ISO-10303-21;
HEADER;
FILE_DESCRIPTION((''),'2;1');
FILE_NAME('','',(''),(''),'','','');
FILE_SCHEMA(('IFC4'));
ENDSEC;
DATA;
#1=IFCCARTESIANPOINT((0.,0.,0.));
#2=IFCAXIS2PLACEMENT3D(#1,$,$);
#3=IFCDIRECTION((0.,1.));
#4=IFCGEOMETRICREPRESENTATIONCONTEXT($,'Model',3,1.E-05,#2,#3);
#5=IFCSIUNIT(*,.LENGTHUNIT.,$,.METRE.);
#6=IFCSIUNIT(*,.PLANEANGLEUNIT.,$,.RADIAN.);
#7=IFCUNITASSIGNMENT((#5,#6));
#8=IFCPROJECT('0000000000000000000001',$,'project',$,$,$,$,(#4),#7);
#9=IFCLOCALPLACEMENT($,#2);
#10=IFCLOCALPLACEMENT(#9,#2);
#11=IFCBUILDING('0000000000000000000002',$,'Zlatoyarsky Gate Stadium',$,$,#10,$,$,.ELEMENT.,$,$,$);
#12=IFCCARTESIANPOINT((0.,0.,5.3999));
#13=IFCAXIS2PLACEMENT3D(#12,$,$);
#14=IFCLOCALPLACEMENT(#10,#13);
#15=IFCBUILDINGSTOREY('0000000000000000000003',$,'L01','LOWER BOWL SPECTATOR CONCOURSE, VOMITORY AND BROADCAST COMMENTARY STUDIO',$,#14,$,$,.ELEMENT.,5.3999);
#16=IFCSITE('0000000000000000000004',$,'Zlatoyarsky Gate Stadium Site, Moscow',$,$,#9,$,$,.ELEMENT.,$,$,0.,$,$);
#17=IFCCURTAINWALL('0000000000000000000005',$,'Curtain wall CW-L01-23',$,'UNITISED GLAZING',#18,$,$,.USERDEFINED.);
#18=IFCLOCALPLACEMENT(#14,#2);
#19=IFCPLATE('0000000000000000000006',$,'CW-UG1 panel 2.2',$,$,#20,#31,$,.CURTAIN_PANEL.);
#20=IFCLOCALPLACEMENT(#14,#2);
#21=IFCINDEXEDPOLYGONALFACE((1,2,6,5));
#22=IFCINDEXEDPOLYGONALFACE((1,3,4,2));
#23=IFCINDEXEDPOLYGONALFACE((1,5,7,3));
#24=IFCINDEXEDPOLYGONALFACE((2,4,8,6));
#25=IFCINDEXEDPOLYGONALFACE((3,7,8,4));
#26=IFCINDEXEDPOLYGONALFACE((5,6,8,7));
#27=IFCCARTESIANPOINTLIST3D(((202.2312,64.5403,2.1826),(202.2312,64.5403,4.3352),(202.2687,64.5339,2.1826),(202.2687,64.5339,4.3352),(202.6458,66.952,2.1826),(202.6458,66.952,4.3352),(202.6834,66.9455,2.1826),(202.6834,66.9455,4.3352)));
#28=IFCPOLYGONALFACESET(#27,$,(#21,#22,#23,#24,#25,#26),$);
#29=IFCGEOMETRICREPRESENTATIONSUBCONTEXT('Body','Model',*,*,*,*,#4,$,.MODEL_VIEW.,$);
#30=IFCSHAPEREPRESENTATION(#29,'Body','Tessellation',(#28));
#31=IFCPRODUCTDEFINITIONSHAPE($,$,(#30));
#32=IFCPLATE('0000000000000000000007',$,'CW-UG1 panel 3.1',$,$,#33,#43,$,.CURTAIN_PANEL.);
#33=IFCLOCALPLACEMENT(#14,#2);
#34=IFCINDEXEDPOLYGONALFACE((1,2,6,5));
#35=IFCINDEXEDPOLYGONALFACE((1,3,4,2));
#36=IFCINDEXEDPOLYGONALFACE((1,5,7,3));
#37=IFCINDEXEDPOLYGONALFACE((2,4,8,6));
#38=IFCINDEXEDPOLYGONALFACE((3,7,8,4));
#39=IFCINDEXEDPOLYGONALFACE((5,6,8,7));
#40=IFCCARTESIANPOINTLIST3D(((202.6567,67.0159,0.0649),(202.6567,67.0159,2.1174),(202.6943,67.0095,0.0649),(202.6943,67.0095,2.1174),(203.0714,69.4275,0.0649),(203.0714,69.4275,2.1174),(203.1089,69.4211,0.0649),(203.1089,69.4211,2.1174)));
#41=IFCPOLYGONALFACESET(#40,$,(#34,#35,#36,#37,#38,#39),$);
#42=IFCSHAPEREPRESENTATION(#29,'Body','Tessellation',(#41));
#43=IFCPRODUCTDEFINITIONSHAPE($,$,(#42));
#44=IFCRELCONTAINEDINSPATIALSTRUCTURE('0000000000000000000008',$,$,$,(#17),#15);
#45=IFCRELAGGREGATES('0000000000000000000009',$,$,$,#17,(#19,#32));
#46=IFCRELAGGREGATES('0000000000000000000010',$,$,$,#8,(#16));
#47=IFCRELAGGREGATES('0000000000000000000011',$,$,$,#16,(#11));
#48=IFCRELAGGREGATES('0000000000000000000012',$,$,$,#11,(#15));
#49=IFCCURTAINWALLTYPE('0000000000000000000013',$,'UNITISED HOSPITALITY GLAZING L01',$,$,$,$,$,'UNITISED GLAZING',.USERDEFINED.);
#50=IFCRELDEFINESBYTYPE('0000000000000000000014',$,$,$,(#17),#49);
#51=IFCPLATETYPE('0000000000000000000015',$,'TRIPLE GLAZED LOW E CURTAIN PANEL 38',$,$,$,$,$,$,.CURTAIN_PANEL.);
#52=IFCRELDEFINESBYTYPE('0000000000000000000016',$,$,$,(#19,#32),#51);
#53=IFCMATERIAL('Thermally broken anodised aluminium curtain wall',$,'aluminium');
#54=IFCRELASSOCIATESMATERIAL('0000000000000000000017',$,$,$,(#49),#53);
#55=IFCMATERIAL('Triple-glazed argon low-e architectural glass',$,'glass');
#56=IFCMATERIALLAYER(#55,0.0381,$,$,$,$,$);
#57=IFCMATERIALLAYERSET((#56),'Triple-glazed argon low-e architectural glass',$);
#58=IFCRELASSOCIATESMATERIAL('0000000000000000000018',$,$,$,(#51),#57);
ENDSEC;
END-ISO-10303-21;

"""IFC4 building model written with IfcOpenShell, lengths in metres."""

from ifc_helpers import new_model, si_unit, direction, frame, origin, origin_2d, place, context, subcontext, project, spatial, rectangle, extrude, material, layer, layer_set, type_object, element, aggregate, save


model = new_model("IFC4")

# Units and contexts
model_context = context("Model", 3, precision=1e-05, world=origin(), true_north=direction((0.0, 1.0)))
body_context = subcontext(model_context, "Body", "Model", "MODEL_VIEW")
ifc_project = project(units=[si_unit("LENGTHUNIT", "METRE"), si_unit("PLANEANGLEUNIT", "RADIAN")], contexts=[model_context])

# Site, building, storey
site_placement = place(None, origin())
site = spatial("IfcSite", under=ifc_project, at=site_placement, Name="Zlatoyarsky Gate Stadium Site, Moscow", CompositionType="ELEMENT", RefElevation=0.0)
building_placement = place(site_placement, origin())
building = spatial("IfcBuilding", under=site, at=building_placement, Name="Zlatoyarsky Gate Stadium", CompositionType="ELEMENT")
storey_placement = place(building_placement, frame((0.0, 0.0, 5.3999)))
storey = spatial("IfcBuildingStorey", under=building, at=storey_placement, Name="L01", Description="LOWER BOWL SPECTATOR CONCOURSE, VOMITORY AND BROADCAST COMMENTARY STUDIO", CompositionType="ELEMENT", Elevation=5.3999)

# Curtain wall
ifc_material_1 = material(Name="Thermally broken anodised aluminium curtain wall", Category="aluminium")
curtain_wall_type_1 = type_object("IfcCurtainWallType", Name="UNITISED HOSPITALITY GLAZING L01", ElementType="UNITISED GLAZING", PredefinedType="USERDEFINED", material=ifc_material_1)
curtain_wall_1_placement = place(storey_placement, origin())
curtain_wall_1 = element("IfcCurtainWall", 1, at=curtain_wall_1_placement, inside=storey, type_object=curtain_wall_type_1, Name="Curtain wall CW-L01-23", ObjectType="UNITISED GLAZING", PredefinedType="USERDEFINED")

# Plates
ifc_material_2 = material(Name="Triple-glazed argon low-e architectural glass", Category="glass")
ifc_layer_1 = layer(ifc_material_2, 0.0381)
ifc_layer_set_1 = layer_set([ifc_layer_1], Name="Triple-glazed argon low-e architectural glass")
plate_type_1 = type_object("IfcPlateType", Name="TRIPLE GLAZED LOW E CURTAIN PANEL 38", PredefinedType="CURTAIN_PANEL", material=ifc_layer_set_1)
plate_1_placement = place(storey_placement, frame((202.4573, 65.7429, 2.1826), z_axis=(0.0, 0.0, 1.0), x_axis=(0.169451, 0.985539, 0.0)))
plate_1 = element("IfcPlate", 2, at=plate_1_placement, type_object=plate_type_1, Name="CW-UG1 panel 2.2", PredefinedType="CURTAIN_PANEL", context=body_context, shape_type="SweptSolid", body=[
    extrude(rectangle(XDim=2.447, YDim=0.0381, at=origin_2d()), origin(), (0.0, 0.0, 1.0), 2.1526),
])
plate_2_placement = place(storey_placement, frame((202.8828, 68.2185, 0.0649), z_axis=(0.0, 0.0, 1.0), x_axis=(0.169451, 0.985539, 0.0)))
plate_2 = element("IfcPlate", 3, at=plate_2_placement, type_object=plate_type_1, Name="CW-UG1 panel 3.1", PredefinedType="CURTAIN_PANEL", context=body_context, shape_type="SweptSolid", body=[
    extrude(rectangle(XDim=2.447, YDim=0.0381, at=origin_2d()), origin(), (0.0, 0.0, 1.0), 2.0525),
])
aggregate(curtain_wall_1, [plate_1, plate_2])

save(model, "model.ifc")
